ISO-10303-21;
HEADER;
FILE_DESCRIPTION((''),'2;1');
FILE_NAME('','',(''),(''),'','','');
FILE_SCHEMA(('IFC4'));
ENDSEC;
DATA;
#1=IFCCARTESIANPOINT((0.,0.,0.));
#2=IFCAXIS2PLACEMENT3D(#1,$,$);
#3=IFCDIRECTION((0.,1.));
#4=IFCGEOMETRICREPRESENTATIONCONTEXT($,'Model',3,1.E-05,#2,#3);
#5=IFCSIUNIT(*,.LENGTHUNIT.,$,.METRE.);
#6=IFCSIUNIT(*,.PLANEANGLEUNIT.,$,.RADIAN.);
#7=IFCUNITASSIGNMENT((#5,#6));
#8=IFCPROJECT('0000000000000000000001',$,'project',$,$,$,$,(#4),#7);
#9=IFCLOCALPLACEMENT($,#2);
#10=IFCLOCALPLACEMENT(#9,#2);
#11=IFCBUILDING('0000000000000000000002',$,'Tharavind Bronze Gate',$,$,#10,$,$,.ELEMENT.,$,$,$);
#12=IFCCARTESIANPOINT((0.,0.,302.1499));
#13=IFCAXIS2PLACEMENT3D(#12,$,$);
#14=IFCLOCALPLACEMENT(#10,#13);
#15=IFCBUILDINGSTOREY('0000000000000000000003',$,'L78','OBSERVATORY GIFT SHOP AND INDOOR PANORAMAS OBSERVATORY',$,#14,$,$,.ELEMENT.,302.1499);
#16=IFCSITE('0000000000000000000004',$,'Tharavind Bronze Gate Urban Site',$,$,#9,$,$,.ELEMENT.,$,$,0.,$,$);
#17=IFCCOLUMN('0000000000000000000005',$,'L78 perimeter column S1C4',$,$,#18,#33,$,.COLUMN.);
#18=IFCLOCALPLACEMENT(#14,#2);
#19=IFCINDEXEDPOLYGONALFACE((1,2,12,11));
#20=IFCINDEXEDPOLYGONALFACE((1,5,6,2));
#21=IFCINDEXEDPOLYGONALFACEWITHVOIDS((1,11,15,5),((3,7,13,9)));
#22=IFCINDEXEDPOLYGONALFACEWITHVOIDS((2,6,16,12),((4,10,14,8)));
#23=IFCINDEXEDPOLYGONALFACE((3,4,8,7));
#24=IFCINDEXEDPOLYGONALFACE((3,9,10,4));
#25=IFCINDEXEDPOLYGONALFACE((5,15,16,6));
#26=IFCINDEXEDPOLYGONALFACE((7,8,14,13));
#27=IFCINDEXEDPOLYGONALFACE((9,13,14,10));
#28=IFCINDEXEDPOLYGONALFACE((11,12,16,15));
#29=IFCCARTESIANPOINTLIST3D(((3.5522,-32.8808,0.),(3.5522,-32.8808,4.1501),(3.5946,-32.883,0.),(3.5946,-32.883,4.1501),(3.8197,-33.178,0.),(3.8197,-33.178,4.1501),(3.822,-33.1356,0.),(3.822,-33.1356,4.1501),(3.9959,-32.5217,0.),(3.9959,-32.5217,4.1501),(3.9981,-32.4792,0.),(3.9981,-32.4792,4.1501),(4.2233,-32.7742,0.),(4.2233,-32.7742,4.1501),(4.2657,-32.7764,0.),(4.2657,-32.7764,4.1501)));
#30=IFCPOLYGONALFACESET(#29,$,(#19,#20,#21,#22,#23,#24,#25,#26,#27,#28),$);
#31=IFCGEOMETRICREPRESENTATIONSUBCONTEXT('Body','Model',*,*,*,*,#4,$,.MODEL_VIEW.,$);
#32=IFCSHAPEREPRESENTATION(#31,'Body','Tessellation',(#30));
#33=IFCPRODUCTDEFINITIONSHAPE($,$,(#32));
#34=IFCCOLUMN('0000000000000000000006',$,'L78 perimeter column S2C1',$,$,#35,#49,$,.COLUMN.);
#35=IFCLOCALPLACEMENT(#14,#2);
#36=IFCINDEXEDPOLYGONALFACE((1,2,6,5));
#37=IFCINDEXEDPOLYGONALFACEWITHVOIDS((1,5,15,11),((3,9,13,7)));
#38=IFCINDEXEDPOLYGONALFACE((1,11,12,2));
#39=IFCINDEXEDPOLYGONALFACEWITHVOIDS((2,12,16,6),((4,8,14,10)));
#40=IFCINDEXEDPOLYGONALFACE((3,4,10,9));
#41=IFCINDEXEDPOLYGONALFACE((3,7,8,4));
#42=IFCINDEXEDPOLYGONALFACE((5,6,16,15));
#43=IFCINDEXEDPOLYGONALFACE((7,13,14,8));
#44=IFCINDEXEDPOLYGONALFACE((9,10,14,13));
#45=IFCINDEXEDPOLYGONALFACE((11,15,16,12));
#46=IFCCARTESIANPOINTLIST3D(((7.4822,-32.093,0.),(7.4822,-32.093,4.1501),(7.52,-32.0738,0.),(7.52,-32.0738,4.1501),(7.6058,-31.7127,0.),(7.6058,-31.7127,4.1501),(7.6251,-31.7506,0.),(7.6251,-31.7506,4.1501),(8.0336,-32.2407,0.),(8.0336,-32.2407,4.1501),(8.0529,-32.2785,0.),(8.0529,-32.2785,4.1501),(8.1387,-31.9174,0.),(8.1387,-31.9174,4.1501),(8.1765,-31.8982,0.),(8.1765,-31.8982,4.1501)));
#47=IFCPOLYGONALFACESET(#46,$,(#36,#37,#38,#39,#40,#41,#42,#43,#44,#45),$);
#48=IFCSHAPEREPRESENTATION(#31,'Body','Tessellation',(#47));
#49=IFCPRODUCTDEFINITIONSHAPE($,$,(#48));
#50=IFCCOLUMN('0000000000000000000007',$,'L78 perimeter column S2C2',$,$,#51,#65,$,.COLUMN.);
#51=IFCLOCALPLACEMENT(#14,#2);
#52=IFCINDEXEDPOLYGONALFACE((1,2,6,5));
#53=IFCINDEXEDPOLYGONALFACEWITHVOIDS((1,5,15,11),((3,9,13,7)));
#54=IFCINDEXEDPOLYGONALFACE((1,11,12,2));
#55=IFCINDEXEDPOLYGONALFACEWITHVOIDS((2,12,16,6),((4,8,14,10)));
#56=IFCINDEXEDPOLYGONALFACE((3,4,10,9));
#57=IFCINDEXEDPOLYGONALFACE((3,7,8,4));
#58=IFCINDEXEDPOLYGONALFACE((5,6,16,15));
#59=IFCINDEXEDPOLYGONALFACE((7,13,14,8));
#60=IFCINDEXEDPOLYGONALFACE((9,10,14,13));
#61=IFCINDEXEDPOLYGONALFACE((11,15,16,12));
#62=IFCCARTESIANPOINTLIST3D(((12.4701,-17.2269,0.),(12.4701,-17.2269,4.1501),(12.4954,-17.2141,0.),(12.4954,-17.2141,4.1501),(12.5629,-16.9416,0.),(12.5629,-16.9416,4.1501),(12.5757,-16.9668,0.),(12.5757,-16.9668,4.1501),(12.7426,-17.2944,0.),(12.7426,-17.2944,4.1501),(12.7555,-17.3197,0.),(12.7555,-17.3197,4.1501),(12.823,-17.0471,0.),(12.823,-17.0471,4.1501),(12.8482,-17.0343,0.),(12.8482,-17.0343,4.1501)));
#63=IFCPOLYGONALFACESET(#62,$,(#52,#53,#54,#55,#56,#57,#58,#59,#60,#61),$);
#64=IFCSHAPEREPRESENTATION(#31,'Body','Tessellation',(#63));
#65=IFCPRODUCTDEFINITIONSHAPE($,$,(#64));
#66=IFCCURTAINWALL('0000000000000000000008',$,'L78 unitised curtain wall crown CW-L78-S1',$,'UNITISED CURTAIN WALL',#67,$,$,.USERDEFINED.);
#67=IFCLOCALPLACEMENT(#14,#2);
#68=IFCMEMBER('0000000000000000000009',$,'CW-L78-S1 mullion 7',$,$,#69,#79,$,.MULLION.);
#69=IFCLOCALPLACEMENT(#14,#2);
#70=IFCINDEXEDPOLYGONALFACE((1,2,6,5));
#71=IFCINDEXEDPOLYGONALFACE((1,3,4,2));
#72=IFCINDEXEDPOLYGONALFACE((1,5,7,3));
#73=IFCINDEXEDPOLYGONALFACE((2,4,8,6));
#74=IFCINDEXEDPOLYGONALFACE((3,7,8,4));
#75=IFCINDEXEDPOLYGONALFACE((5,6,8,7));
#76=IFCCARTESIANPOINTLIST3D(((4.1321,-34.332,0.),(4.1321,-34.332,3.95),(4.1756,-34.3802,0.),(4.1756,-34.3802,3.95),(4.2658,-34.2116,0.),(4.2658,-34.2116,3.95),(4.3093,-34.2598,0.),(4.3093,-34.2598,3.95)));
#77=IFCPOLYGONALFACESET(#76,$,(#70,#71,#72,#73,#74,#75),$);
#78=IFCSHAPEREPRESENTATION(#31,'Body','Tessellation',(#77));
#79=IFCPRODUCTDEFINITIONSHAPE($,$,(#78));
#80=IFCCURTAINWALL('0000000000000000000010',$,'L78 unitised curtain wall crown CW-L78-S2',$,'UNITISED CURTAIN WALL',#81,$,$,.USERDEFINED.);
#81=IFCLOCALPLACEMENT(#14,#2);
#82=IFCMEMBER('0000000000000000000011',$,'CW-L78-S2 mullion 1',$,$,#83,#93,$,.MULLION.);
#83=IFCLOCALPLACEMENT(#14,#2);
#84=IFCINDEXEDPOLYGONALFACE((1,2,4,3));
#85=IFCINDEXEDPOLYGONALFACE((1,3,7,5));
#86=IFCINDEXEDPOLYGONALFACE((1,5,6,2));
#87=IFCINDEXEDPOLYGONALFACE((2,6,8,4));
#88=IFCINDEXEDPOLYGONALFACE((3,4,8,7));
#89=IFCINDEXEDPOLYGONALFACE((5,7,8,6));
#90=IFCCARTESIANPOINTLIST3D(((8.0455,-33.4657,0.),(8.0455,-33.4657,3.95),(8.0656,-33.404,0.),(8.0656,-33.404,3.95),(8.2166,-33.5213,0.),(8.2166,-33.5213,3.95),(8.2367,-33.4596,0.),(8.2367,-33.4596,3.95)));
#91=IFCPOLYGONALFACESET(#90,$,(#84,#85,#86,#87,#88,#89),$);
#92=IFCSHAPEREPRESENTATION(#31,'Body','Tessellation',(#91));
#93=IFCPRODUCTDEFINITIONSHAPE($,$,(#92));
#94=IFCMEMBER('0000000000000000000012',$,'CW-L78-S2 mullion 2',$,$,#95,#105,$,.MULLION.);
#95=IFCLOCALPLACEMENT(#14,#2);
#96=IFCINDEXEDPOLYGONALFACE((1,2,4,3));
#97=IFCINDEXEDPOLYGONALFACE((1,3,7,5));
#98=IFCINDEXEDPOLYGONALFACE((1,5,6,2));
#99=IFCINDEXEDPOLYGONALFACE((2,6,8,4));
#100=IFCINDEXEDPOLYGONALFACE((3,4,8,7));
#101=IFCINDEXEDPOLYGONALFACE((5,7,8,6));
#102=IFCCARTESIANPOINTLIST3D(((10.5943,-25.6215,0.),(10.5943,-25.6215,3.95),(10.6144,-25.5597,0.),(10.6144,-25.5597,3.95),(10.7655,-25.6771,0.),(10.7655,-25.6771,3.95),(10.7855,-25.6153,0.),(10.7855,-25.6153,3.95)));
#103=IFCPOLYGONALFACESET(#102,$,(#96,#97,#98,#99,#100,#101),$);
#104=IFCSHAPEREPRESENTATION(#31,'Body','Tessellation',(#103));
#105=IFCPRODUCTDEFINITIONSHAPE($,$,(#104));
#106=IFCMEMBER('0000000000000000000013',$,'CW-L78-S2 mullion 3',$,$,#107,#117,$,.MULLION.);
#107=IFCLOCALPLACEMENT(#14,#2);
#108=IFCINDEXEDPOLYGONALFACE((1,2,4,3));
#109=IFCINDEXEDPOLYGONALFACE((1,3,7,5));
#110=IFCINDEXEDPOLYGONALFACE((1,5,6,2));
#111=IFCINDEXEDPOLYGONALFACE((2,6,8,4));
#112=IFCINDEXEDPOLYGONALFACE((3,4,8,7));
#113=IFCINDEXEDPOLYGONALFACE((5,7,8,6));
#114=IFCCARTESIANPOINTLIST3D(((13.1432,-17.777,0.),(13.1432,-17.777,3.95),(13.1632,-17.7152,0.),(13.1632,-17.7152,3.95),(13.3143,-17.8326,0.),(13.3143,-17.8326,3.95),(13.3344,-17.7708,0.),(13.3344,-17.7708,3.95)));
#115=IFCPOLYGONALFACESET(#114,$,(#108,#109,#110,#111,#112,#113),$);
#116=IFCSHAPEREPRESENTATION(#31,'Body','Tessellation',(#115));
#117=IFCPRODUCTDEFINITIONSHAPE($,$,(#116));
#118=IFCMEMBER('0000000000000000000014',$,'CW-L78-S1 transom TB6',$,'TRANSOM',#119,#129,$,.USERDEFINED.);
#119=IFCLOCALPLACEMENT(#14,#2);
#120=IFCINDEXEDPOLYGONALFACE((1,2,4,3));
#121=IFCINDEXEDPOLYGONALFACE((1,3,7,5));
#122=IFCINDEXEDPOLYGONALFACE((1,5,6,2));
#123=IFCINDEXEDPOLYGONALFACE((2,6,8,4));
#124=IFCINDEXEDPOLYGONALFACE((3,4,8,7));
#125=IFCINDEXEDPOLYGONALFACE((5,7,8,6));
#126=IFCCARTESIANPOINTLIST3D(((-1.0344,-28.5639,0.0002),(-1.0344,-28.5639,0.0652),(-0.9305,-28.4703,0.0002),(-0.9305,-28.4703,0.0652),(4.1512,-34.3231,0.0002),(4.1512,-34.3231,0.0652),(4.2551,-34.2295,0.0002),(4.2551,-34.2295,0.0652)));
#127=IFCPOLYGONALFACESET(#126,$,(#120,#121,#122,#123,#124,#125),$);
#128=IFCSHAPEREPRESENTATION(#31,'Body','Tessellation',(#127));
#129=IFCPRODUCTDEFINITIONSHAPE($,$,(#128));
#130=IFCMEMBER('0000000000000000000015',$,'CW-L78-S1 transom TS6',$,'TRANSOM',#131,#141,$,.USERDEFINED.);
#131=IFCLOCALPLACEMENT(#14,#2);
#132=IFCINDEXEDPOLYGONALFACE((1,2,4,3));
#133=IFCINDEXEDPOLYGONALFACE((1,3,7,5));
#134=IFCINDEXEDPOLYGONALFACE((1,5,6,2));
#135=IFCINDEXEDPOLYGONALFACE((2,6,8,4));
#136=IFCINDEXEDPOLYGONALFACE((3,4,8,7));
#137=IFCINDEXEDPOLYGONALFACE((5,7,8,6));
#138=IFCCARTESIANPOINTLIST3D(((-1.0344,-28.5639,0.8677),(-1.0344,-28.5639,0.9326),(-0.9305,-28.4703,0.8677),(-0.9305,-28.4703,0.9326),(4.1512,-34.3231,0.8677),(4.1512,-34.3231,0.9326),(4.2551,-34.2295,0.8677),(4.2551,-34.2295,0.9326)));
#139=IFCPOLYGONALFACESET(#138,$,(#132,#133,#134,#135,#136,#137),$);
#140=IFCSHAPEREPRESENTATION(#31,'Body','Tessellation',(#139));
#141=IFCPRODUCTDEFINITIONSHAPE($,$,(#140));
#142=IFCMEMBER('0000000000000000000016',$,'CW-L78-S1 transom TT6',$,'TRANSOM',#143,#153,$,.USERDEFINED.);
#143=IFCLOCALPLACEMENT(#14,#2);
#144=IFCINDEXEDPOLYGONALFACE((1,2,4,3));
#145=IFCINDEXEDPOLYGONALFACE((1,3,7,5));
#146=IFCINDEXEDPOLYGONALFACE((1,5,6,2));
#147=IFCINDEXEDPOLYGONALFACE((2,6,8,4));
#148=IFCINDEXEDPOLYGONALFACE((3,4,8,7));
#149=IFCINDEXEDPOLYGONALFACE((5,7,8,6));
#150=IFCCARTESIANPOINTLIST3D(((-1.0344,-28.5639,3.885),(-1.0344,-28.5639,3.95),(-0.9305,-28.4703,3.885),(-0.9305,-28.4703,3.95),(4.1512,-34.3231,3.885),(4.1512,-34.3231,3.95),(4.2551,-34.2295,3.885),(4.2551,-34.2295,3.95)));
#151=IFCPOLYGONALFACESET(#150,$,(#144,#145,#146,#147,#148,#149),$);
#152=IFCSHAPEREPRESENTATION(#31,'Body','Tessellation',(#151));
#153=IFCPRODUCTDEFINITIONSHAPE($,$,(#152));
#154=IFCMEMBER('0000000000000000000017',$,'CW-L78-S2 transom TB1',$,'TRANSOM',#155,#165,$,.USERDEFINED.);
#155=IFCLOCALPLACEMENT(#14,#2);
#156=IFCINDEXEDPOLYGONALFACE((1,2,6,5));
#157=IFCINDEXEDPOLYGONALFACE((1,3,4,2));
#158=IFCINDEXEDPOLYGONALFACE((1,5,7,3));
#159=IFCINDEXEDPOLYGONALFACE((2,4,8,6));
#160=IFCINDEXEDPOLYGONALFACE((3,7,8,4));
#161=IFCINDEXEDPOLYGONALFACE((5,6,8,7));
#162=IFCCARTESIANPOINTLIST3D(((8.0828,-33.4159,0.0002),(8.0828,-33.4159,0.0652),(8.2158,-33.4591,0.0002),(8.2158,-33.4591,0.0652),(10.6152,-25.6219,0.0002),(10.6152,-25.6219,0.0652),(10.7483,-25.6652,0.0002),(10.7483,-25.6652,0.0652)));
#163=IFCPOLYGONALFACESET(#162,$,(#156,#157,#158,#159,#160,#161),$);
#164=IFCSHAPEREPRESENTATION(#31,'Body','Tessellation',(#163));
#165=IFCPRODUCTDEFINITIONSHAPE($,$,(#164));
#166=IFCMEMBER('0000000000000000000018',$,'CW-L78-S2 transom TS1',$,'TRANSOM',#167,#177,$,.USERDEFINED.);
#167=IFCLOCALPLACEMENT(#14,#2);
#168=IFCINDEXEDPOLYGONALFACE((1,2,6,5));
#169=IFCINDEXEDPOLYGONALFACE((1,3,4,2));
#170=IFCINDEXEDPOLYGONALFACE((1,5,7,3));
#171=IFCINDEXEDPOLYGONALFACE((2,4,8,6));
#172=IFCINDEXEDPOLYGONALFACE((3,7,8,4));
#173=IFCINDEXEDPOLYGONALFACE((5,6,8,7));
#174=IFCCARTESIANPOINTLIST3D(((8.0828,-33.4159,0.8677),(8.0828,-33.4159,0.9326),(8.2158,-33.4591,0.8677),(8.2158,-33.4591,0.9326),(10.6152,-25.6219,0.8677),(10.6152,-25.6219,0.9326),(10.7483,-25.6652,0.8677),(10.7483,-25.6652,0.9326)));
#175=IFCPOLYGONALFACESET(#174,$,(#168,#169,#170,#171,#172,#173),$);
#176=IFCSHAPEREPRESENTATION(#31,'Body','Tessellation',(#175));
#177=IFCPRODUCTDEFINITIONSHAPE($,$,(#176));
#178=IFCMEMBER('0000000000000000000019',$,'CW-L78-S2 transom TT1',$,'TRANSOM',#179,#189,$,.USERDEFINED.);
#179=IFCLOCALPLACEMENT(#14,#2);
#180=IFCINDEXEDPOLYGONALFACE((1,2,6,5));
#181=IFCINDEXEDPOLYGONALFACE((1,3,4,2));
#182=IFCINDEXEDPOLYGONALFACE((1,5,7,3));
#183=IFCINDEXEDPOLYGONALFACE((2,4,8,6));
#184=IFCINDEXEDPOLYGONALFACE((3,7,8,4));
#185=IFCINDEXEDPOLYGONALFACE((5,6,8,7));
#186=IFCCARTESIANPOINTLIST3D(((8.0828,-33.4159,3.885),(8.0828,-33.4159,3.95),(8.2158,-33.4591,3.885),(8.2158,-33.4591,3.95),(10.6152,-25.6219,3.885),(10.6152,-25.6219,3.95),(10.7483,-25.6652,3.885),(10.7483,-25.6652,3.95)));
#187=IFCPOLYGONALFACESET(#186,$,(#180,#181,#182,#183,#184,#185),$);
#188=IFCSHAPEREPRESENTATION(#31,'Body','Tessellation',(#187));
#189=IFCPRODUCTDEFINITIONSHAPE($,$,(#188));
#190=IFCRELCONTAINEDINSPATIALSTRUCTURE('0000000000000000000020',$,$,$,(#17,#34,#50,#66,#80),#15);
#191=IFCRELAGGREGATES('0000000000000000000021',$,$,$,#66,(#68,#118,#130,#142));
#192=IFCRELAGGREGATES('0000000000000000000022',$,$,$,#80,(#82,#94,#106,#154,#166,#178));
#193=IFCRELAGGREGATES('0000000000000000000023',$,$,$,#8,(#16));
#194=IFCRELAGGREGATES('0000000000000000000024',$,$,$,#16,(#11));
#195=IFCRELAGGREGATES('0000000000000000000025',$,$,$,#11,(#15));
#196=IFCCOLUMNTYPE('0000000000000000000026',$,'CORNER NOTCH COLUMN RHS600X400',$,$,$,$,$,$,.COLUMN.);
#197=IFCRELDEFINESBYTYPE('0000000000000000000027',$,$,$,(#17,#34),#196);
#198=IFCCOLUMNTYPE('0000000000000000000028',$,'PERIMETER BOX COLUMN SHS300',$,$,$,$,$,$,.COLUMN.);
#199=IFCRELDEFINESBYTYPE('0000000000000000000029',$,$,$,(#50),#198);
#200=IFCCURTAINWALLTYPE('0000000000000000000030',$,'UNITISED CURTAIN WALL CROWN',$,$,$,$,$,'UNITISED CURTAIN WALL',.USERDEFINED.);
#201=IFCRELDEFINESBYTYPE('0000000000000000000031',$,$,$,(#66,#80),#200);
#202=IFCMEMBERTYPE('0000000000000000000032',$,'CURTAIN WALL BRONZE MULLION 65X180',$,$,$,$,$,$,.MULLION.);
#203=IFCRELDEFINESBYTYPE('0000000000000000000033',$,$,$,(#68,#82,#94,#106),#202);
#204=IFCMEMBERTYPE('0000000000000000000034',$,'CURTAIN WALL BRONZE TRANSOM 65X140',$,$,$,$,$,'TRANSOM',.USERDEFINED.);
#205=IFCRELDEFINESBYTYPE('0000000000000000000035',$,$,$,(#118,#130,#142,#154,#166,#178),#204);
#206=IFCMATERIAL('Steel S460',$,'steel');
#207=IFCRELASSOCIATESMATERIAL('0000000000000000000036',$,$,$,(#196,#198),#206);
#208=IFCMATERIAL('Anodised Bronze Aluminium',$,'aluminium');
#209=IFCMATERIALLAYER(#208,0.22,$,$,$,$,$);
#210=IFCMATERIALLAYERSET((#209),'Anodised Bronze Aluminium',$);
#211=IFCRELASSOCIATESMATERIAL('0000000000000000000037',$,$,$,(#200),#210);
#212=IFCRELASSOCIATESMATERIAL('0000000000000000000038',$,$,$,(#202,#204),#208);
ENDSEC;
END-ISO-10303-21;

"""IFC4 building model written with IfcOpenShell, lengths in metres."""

from ifc_helpers import new_model, si_unit, direction, frame, origin, origin_2d, place, context, subcontext, project, spatial, rectangle, hollow_rectangle, extrude, material, layer, layer_set, material_profile, profile_set, type_object, element, aggregate, save


model = new_model("IFC4")

# Units and contexts
model_context = context("Model", 3, precision=1e-05, world=origin(), true_north=direction((0.0, 1.0)))
body_context = subcontext(model_context, "Body", "Model", "MODEL_VIEW")
ifc_project = project(units=[si_unit("LENGTHUNIT", "METRE"), si_unit("PLANEANGLEUNIT", "RADIAN")], contexts=[model_context])

# Site, building, storey
site_placement = place(None, origin())
site = spatial("IfcSite", under=ifc_project, at=site_placement, Name="Tharavind Bronze Gate Urban Site", CompositionType="ELEMENT", RefElevation=0.0)
building_placement = place(site_placement, origin())
building = spatial("IfcBuilding", under=site, at=building_placement, Name="Tharavind Bronze Gate", CompositionType="ELEMENT")
storey_placement = place(building_placement, frame((0.0, 0.0, 302.1499)))
storey = spatial("IfcBuildingStorey", under=building, at=storey_placement, Name="L78", Description="OBSERVATORY GIFT SHOP AND INDOOR PANORAMAS OBSERVATORY", CompositionType="ELEMENT", Elevation=302.1499)

# Columns
ifc_material_1 = material(Name="Steel S460", Category="steel")
ifc_material_profile_1 = material_profile(ifc_material_1, hollow_rectangle(XDim=0.3999, YDim=0.6001, WallThickness=0.03, at=origin_2d()), Name="RHS600X400X30")
ifc_profile_set_1 = profile_set([ifc_material_profile_1], Name="Steel S460")
column_type_1 = type_object("IfcColumnType", Name="CORNER NOTCH COLUMN RHS600X400", PredefinedType="COLUMN", material=ifc_profile_set_1)
for number, where, z_axis, x_axis, name in (
    (1, (3.9089, -32.8286, 0.0), (0.0, 0.0, 1.0), (-0.669131, 0.743145, 0.0), "L78 perimeter column S1C4"),
    (2, (7.8293, -31.9956, 0.0), (0.0, 0.0, 1.0), (0.309019, 0.951056, 0.0), "L78 perimeter column S2C1"),
):
    element("IfcColumn", number, at=place(storey_placement, frame(where, z_axis=z_axis, x_axis=x_axis)), inside=storey, type_object=column_type_1, Name=name, PredefinedType="COLUMN", context=body_context, shape_type="SweptSolid", body=[
        extrude(hollow_rectangle(XDim=0.3999, YDim=0.6001, WallThickness=0.03, at=origin_2d()), origin(), (0.0, 0.0, 1.0), 4.1501),
    ])
ifc_material_profile_2 = material_profile(ifc_material_1, hollow_rectangle(XDim=0.3, YDim=0.3, WallThickness=0.02, at=origin_2d()), Name="SHS300X20")
ifc_profile_set_2 = profile_set([ifc_material_profile_2], Name="Steel S460")
column_type_2 = type_object("IfcColumnType", Name="PERIMETER BOX COLUMN SHS300", PredefinedType="COLUMN", material=ifc_profile_set_2)
column_placement = place(storey_placement, frame((12.6592, -17.1306, 0.0), z_axis=(0.0, 0.0, 1.0), x_axis=(0.309019, 0.951056, 0.0)))
element("IfcColumn", 3, at=column_placement, inside=storey, type_object=column_type_2, Name="L78 perimeter column S2C2", PredefinedType="COLUMN", context=body_context, shape_type="SweptSolid", body=[
    extrude(hollow_rectangle(XDim=0.3, YDim=0.3, WallThickness=0.02, at=origin_2d()), origin(), (0.0, 0.0, 1.0), 4.1501),
])

# Curtain wall, member
ifc_material_2 = material(Name="Anodised Bronze Aluminium", Category="aluminium")
ifc_layer_1 = layer(ifc_material_2, 0.22)
ifc_layer_set_1 = layer_set([ifc_layer_1], Name="Anodised Bronze Aluminium")
curtain_wall_type = type_object("IfcCurtainWallType", Name="UNITISED CURTAIN WALL CROWN", ElementType="UNITISED CURTAIN WALL", PredefinedType="USERDEFINED", material=ifc_layer_set_1)
curtain_wall_1_placement = place(storey_placement, origin())
curtain_wall_1 = element("IfcCurtainWall", 4, at=curtain_wall_1_placement, inside=storey, type_object=curtain_wall_type, Name="L78 unitised curtain wall crown CW-L78-S1", ObjectType="UNITISED CURTAIN WALL", PredefinedType="USERDEFINED")
member_type_1 = type_object("IfcMemberType", Name="CURTAIN WALL BRONZE MULLION 65X180", PredefinedType="MULLION", material=ifc_material_2)
member_1_placement = place(storey_placement, frame((4.2207, -34.2959, 0.0), z_axis=(0.0, 0.0, 1.0), x_axis=(0.669131, -0.743145, 0.0)))
member_1 = element("IfcMember", 5, at=member_1_placement, type_object=member_type_1, Name="CW-L78-S1 mullion 7", PredefinedType="MULLION", context=body_context, shape_type="SweptSolid", body=[
    extrude(rectangle(XDim=0.0649, YDim=0.1799, at=origin_2d()), origin(), (0.0, 0.0, 1.0), 3.95),
])

# Curtain wall, members
curtain_wall_2_placement = place(storey_placement, origin())
curtain_wall_2 = element("IfcCurtainWall", 6, at=curtain_wall_2_placement, inside=storey, type_object=curtain_wall_type, Name="L78 unitised curtain wall crown CW-L78-S2", ObjectType="UNITISED CURTAIN WALL", PredefinedType="USERDEFINED")
member_2_placement = place(storey_placement, frame((8.1411, -33.4626, 0.0), z_axis=(0.0, 0.0, 1.0), x_axis=(0.309017, 0.951057, 0.0)))
member_2 = element("IfcMember", 7, at=member_2_placement, type_object=member_type_1, Name="CW-L78-S2 mullion 1", PredefinedType="MULLION", context=body_context, shape_type="SweptSolid", body=[
    extrude(rectangle(XDim=0.0649, YDim=0.1799, at=origin_2d()), origin(), (0.0, 0.0, 1.0), 3.95),
])
member_3_placement = place(storey_placement, frame((10.6899, -25.6184, 0.0), z_axis=(0.0, 0.0, 1.0), x_axis=(0.309017, 0.951057, 0.0)))
member_3 = element("IfcMember", 8, at=member_3_placement, type_object=member_type_1, Name="CW-L78-S2 mullion 2", PredefinedType="MULLION", context=body_context, shape_type="SweptSolid", body=[
    extrude(rectangle(XDim=0.0649, YDim=0.1799, at=origin_2d()), origin(), (0.0, 0.0, 1.0), 3.95),
])
member_4_placement = place(storey_placement, frame((13.2388, -17.7739, 0.0), z_axis=(0.0, 0.0, 1.0), x_axis=(0.309017, 0.951057, 0.0)))
member_4 = element("IfcMember", 9, at=member_4_placement, type_object=member_type_1, Name="CW-L78-S2 mullion 3", PredefinedType="MULLION", context=body_context, shape_type="SweptSolid", body=[
    extrude(rectangle(XDim=0.0649, YDim=0.1799, at=origin_2d()), origin(), (0.0, 0.0, 1.0), 3.95),
])

# Members
member_type_2 = type_object("IfcMemberType", Name="CURTAIN WALL BRONZE TRANSOM 65X140", ElementType="TRANSOM", PredefinedType="USERDEFINED", material=ifc_material_2)
member_5_placement = place(storey_placement, frame((1.6104, -31.3967, 0.0002), z_axis=(0.0, 0.0, 1.0), x_axis=(0.669131, -0.743145, 0.0)))
member_5 = element("IfcMember", 10, at=member_5_placement, type_object=member_type_2, Name="CW-L78-S1 transom TB6", ObjectType="TRANSOM", PredefinedType="USERDEFINED", context=body_context, shape_type="SweptSolid", body=[
    extrude(rectangle(XDim=7.7498, YDim=0.1399, at=origin_2d()), origin(), (0.0, 0.0, 1.0), 0.0649),
])
member_6_placement = place(storey_placement, frame((1.6104, -31.3967, 0.8677), z_axis=(0.0, 0.0, 1.0), x_axis=(0.669131, -0.743145, 0.0)))
member_6 = element("IfcMember", 11, at=member_6_placement, type_object=member_type_2, Name="CW-L78-S1 transom TS6", ObjectType="TRANSOM", PredefinedType="USERDEFINED", context=body_context, shape_type="SweptSolid", body=[
    extrude(rectangle(XDim=7.7498, YDim=0.1399, at=origin_2d()), origin(), (0.0, 0.0, 1.0), 0.0649),
])
member_7_placement = place(storey_placement, frame((1.6104, -31.3967, 3.885), z_axis=(0.0, 0.0, 1.0), x_axis=(0.669131, -0.743145, 0.0)))
member_7 = element("IfcMember", 12, at=member_7_placement, type_object=member_type_2, Name="CW-L78-S1 transom TT6", ObjectType="TRANSOM", PredefinedType="USERDEFINED", context=body_context, shape_type="SweptSolid", body=[
    extrude(rectangle(XDim=7.7498, YDim=0.1399, at=origin_2d()), origin(), (0.0, 0.0, 1.0), 0.0649),
])
member_8_placement = place(storey_placement, frame((9.4155, -29.5405, 0.0002), z_axis=(0.0, 0.0, 1.0), x_axis=(0.309017, 0.951057, 0.0)))
member_8 = element("IfcMember", 13, at=member_8_placement, type_object=member_type_2, Name="CW-L78-S2 transom TB1", ObjectType="TRANSOM", PredefinedType="USERDEFINED", context=body_context, shape_type="SweptSolid", body=[
    extrude(rectangle(XDim=8.1951, YDim=0.1399, at=origin_2d()), origin(), (0.0, 0.0, 1.0), 0.0649),
])
member_9_placement = place(storey_placement, frame((9.4155, -29.5405, 0.8677), z_axis=(0.0, 0.0, 1.0), x_axis=(0.309017, 0.951057, 0.0)))
member_9 = element("IfcMember", 14, at=member_9_placement, type_object=member_type_2, Name="CW-L78-S2 transom TS1", ObjectType="TRANSOM", PredefinedType="USERDEFINED", context=body_context, shape_type="SweptSolid", body=[
    extrude(rectangle(XDim=8.1951, YDim=0.1399, at=origin_2d()), origin(), (0.0, 0.0, 1.0), 0.0649),
])
member_10_placement = place(storey_placement, frame((9.4155, -29.5405, 3.885), z_axis=(0.0, 0.0, 1.0), x_axis=(0.309017, 0.951057, 0.0)))
member_10 = element("IfcMember", 15, at=member_10_placement, type_object=member_type_2, Name="CW-L78-S2 transom TT1", ObjectType="TRANSOM", PredefinedType="USERDEFINED", context=body_context, shape_type="SweptSolid", body=[
    extrude(rectangle(XDim=8.1951, YDim=0.1399, at=origin_2d()), origin(), (0.0, 0.0, 1.0), 0.0649),
])

aggregate(curtain_wall_1, [member_1, member_5, member_6, member_7])
aggregate(curtain_wall_2, [member_2, member_3, member_4, member_8, member_9, member_10])

save(model, "model.ifc")
